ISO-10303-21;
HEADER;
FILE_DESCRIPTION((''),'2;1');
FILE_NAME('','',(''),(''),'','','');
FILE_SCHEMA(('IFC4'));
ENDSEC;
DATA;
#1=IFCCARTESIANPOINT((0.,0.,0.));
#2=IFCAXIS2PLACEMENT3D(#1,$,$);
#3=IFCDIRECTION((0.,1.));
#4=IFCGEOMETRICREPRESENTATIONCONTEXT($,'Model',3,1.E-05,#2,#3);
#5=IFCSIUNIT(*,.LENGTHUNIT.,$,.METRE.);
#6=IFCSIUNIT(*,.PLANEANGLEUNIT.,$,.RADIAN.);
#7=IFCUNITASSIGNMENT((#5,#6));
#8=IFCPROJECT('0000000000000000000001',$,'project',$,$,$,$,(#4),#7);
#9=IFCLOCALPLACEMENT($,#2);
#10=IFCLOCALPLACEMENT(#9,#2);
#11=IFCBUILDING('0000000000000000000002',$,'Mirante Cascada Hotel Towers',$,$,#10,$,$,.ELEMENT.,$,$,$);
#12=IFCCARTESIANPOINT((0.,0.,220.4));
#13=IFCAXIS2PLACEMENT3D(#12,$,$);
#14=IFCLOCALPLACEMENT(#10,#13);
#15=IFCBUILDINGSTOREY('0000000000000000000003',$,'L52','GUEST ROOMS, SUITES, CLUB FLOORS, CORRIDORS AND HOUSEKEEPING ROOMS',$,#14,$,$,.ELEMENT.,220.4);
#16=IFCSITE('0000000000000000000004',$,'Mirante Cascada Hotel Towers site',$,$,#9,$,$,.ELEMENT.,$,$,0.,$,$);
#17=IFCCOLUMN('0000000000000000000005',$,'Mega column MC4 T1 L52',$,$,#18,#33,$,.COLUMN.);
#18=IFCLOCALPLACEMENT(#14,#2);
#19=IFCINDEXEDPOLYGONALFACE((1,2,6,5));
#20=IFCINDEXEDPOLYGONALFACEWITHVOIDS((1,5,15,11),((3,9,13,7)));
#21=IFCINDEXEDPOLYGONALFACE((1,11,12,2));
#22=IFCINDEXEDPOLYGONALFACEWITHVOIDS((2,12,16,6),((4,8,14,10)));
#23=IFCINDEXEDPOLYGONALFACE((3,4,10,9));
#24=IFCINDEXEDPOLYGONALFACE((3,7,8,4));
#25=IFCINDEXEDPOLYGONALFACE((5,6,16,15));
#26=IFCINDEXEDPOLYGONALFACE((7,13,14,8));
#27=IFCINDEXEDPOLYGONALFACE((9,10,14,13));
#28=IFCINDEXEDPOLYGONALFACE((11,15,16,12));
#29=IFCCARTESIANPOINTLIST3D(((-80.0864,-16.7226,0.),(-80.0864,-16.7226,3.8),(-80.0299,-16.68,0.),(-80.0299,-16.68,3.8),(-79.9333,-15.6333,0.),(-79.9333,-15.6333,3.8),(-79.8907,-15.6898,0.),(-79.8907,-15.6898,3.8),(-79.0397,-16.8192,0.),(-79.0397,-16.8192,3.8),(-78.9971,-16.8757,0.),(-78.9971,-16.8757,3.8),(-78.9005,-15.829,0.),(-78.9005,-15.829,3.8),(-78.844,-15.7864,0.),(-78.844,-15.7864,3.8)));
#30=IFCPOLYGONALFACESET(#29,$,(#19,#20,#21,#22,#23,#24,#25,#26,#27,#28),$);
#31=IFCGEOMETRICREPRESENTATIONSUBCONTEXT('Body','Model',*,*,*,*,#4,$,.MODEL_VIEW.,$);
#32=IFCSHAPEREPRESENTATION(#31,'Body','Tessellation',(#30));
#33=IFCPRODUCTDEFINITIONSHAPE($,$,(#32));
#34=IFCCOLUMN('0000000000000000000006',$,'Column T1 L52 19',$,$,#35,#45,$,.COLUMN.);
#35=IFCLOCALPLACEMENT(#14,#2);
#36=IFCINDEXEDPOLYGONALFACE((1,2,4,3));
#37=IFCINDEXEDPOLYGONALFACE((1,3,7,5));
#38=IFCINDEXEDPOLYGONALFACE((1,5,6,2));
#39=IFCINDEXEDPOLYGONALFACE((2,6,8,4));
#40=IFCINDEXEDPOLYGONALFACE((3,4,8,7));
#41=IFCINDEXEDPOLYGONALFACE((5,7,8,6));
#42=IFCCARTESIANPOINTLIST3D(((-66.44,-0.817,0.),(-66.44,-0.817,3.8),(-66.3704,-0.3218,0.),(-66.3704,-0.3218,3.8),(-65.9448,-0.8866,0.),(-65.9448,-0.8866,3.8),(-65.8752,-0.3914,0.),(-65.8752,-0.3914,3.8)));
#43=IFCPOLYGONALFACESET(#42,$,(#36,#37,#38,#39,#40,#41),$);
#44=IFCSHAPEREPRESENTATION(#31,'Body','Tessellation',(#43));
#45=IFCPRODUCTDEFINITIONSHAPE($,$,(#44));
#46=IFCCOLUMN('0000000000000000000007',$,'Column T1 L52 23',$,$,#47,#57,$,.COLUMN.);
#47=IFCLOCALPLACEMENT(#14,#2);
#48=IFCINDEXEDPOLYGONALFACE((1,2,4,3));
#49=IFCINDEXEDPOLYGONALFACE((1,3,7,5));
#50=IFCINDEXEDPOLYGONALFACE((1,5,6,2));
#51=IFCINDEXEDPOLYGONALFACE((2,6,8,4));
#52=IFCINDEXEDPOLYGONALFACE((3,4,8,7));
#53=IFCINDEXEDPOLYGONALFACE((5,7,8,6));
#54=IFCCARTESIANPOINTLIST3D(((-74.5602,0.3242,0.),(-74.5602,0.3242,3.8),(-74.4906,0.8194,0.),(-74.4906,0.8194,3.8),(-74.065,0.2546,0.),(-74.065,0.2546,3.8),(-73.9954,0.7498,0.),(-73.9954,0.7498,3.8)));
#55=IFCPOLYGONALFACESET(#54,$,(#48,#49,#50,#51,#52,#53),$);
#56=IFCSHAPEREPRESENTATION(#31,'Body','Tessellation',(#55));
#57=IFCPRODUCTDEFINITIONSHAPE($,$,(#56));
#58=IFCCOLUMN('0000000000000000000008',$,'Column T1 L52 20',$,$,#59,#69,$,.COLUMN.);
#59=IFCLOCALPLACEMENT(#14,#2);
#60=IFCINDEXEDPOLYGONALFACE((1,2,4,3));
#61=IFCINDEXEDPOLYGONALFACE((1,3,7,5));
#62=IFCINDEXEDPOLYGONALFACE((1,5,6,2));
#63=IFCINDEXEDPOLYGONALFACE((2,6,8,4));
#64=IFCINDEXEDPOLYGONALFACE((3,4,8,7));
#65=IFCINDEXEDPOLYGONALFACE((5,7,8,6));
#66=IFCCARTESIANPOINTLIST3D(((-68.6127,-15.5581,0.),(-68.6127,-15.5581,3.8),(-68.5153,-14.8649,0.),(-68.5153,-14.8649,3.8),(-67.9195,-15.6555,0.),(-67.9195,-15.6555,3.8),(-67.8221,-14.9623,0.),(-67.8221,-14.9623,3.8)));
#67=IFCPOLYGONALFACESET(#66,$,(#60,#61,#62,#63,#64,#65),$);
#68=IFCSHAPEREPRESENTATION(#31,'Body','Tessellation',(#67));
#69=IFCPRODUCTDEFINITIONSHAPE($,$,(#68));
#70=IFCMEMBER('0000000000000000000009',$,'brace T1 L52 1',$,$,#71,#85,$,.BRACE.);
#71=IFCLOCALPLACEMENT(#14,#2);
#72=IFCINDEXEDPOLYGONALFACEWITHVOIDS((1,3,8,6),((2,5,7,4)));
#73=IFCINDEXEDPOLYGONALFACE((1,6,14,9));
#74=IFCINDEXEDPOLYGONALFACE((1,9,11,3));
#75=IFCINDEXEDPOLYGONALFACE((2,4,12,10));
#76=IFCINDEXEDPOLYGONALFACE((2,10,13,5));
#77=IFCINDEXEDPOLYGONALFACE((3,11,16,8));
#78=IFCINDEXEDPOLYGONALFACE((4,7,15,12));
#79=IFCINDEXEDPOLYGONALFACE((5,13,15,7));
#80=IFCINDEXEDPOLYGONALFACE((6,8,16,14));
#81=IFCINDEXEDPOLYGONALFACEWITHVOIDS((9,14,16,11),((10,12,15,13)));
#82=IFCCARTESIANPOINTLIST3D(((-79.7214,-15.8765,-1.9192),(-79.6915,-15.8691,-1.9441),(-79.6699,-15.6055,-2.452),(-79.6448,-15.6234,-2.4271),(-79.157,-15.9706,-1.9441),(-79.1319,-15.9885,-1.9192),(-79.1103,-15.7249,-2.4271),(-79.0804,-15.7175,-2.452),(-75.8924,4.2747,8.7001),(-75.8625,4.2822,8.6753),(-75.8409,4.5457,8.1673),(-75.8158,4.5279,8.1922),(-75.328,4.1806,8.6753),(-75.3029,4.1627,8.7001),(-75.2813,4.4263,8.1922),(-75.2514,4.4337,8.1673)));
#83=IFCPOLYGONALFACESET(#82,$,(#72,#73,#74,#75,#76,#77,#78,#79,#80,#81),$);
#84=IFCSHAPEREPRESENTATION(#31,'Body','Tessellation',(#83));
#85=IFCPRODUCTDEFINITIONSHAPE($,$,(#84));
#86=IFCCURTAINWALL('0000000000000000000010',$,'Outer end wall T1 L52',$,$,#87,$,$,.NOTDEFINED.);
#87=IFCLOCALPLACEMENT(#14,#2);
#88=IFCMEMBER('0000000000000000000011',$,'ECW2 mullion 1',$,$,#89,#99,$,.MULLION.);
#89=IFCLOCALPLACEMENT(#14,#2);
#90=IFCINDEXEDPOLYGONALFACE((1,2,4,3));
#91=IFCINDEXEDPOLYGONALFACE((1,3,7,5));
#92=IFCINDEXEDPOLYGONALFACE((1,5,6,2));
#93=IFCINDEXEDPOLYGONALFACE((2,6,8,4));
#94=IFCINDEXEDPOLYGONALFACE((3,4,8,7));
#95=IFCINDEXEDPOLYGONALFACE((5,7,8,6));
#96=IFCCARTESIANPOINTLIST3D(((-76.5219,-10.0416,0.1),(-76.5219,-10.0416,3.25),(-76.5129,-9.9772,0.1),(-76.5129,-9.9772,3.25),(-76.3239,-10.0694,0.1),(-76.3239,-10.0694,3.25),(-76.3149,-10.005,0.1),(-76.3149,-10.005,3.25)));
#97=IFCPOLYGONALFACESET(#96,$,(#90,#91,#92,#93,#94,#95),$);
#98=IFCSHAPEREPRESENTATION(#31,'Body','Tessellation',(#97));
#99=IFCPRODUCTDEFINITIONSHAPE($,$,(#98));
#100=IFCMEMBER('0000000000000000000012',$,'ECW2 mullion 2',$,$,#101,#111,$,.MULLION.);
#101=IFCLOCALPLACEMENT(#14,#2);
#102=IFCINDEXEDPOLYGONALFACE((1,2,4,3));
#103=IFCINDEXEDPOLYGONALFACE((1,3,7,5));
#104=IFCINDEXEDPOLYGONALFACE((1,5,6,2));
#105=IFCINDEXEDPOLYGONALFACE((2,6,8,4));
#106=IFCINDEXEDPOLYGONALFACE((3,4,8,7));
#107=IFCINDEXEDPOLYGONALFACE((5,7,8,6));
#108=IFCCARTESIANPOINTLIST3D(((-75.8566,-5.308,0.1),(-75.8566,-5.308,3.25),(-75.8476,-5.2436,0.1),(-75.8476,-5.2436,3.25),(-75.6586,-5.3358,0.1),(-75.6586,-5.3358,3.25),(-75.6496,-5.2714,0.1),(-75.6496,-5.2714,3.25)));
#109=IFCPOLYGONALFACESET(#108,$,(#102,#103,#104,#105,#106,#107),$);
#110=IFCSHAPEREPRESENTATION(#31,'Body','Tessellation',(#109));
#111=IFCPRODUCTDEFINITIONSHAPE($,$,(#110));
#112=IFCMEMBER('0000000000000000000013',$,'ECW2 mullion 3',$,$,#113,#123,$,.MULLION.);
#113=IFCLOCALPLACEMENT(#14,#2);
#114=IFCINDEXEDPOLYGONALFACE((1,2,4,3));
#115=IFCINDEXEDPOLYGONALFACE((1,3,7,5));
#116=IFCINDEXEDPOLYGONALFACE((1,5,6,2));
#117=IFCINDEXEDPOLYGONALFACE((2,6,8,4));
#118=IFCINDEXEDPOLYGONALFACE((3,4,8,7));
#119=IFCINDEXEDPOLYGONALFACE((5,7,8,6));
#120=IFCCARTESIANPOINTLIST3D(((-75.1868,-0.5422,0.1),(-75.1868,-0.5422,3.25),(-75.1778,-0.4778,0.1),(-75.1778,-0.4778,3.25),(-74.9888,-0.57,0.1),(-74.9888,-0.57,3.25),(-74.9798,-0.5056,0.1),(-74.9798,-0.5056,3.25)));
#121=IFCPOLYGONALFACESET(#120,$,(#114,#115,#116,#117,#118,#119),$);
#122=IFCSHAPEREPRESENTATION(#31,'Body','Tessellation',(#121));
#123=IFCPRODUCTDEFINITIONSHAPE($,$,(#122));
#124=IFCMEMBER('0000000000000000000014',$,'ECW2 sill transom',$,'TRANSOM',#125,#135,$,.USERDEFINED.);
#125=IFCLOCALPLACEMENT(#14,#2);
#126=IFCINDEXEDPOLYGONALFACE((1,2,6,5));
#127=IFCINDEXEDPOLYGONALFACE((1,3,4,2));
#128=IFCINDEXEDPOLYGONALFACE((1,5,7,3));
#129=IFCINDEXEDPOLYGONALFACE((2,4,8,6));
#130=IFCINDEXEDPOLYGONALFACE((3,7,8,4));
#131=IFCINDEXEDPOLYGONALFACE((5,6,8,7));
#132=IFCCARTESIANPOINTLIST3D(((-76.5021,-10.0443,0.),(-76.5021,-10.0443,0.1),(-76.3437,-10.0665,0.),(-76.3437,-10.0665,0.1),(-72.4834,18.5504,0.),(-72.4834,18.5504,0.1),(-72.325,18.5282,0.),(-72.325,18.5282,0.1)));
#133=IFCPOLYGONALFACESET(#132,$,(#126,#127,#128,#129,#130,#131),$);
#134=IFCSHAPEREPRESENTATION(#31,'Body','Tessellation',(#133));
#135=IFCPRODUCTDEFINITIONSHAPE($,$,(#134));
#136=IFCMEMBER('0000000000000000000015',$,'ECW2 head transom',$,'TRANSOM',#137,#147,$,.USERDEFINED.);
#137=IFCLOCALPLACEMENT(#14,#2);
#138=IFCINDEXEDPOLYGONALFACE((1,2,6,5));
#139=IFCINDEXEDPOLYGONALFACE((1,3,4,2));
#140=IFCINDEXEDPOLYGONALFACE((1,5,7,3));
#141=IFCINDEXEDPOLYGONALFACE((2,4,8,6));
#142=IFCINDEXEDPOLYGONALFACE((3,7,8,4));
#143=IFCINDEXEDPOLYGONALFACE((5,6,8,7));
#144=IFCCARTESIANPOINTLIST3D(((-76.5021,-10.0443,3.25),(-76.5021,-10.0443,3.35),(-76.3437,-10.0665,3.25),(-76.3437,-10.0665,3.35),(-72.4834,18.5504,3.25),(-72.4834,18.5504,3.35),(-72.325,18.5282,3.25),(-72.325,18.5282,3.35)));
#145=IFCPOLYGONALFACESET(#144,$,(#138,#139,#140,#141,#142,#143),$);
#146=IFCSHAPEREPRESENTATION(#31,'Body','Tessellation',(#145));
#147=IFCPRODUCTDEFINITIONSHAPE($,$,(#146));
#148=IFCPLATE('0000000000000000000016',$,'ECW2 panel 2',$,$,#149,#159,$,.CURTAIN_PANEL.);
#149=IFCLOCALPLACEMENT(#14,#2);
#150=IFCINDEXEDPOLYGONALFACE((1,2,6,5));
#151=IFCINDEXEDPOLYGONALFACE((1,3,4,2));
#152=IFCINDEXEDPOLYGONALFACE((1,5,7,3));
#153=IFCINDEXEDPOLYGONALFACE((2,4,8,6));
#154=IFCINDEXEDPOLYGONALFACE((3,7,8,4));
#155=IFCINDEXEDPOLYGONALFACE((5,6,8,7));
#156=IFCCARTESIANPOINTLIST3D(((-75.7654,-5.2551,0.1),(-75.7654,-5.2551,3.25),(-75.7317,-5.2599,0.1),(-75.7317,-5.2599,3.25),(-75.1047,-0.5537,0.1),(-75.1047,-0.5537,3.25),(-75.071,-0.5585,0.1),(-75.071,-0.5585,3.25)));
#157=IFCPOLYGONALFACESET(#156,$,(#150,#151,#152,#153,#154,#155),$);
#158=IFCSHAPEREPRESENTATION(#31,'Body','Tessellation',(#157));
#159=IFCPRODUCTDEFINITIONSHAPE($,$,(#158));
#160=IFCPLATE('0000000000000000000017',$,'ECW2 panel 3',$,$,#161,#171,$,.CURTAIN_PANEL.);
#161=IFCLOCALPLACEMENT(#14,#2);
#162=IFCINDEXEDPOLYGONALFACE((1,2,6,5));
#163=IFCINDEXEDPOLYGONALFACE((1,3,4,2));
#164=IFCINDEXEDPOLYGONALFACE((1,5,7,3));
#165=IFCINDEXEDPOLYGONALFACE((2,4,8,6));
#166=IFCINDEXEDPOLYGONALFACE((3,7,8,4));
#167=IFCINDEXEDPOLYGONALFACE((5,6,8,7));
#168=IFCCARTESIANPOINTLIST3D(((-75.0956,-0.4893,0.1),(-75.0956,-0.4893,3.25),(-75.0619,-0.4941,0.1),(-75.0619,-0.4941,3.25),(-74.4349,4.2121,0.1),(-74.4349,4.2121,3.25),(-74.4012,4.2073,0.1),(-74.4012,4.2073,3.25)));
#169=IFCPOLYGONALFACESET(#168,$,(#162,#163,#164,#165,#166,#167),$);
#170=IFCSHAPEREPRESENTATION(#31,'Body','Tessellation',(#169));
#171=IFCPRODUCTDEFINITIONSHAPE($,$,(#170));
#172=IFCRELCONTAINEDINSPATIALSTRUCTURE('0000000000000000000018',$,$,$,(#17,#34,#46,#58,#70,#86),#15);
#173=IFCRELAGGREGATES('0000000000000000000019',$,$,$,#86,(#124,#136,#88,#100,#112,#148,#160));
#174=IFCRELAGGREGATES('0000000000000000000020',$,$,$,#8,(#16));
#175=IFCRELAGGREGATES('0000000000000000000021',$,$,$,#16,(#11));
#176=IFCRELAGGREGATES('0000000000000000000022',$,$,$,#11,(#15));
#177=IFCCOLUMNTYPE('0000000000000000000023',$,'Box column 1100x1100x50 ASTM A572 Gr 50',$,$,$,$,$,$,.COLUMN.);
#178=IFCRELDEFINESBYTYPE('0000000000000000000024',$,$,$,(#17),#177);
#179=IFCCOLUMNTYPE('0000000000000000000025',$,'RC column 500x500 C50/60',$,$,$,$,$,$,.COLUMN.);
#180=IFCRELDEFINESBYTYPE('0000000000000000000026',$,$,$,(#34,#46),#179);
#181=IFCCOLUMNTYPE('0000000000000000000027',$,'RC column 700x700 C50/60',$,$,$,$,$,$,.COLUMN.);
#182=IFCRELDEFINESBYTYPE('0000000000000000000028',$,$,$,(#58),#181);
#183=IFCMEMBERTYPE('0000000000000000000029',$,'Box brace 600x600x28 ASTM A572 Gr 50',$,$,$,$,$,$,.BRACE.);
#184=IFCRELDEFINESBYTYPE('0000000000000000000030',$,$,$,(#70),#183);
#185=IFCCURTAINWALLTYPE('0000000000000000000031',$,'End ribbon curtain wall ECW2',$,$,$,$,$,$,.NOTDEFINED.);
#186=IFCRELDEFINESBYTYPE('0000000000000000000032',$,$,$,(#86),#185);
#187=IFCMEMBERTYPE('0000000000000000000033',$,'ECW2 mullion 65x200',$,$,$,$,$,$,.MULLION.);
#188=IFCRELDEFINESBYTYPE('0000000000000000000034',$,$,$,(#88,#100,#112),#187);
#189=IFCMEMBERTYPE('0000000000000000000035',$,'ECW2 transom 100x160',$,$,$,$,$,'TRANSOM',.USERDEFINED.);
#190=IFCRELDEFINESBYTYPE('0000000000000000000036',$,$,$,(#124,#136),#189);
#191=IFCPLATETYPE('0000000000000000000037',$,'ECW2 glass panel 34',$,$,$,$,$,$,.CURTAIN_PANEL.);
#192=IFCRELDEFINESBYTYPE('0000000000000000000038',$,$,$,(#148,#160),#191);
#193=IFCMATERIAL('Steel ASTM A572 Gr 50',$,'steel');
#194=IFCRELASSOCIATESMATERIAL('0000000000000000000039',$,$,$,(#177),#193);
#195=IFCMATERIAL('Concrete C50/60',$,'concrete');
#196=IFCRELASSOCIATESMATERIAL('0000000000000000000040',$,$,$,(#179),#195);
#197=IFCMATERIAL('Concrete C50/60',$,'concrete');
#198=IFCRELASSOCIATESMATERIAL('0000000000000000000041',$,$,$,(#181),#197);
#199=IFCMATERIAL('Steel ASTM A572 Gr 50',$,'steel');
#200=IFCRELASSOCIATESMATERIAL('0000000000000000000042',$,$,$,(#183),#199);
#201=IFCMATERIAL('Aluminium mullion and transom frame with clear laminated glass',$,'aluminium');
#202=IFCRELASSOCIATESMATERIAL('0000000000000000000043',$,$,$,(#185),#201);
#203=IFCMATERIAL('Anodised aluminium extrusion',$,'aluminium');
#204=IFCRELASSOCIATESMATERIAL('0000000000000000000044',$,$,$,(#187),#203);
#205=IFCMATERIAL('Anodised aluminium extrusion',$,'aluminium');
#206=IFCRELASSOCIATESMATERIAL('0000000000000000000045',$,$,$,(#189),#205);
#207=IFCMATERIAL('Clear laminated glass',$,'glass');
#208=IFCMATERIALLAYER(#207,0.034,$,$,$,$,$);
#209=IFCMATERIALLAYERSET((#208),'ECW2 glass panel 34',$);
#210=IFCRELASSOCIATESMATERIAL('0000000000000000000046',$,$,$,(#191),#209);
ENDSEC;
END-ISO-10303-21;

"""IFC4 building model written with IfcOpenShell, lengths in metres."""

from ifc_helpers import new_model, si_unit, direction, frame, origin, origin_2d, place, context, subcontext, project, spatial, rectangle, hollow_rectangle, extrude, material, layer, layer_set, material_profile, profile_set, type_object, element, aggregate, save


model = new_model("IFC4")

# Units and contexts
model_context = context("Model", 3, precision=1e-05, world=origin(), true_north=direction((0.0, 1.0)))
body_context = subcontext(model_context, "Body", "Model", "MODEL_VIEW")
ifc_project = project(units=[si_unit("LENGTHUNIT", "METRE"), si_unit("PLANEANGLEUNIT", "RADIAN")], contexts=[model_context])

# Site, building, storey
site_placement = place(None, origin())
site = spatial("IfcSite", under=ifc_project, at=site_placement, Name="Mirante Cascada Hotel Towers site", CompositionType="ELEMENT", RefElevation=0.0)
building_placement = place(site_placement, origin())
building = spatial("IfcBuilding", under=site, at=building_placement, Name="Mirante Cascada Hotel Towers", CompositionType="ELEMENT")
storey_placement = place(building_placement, frame((0.0, 0.0, 220.4)))
storey = spatial("IfcBuildingStorey", under=building, at=storey_placement, Name="L52", Description="GUEST ROOMS, SUITES, CLUB FLOORS, CORRIDORS AND HOUSEKEEPING ROOMS", CompositionType="ELEMENT", Elevation=220.4)

# Columns
ifc_material_1 = material(Name="Steel ASTM A572 Gr 50", Category="steel")
ifc_material_profile_1 = material_profile(ifc_material_1, hollow_rectangle(XDim=1.1, YDim=1.1, WallThickness=0.05, at=origin_2d()), Name="Box column 1100x1100x50 ASTM A572 Gr 50")
ifc_profile_set_1 = profile_set([ifc_material_profile_1], Name="Steel ASTM A572 Gr 50")
column_type_1 = type_object("IfcColumnType", Name="Box column 1100x1100x50 ASTM A572 Gr 50", PredefinedType="COLUMN", material=ifc_profile_set_1)
column_1_placement = place(storey_placement, frame((-79.4652, -16.2545, 0.0), z_axis=(0.0, 0.0, 1.0), x_axis=(-0.990268, 0.139173, 0.0)))
element("IfcColumn", 1, at=column_1_placement, inside=storey, type_object=column_type_1, Name="Mega column MC4 T1 L52", PredefinedType="COLUMN", context=body_context, shape_type="SweptSolid", body=[
    extrude(hollow_rectangle(XDim=1.1, YDim=1.1, WallThickness=0.05, at=origin_2d()), origin(), (0.0, 0.0, 1.0), 3.8),
])
ifc_material_2 = material(Name="Concrete C50/60", Category="concrete")
ifc_material_profile_2 = material_profile(ifc_material_2, rectangle(XDim=0.5, YDim=0.5, at=origin_2d()), Name="RC column 500x500 C50/60")
ifc_profile_set_2 = profile_set([ifc_material_profile_2], Name="Concrete C50/60")
column_type_2 = type_object("IfcColumnType", Name="RC column 500x500 C50/60", PredefinedType="COLUMN", material=ifc_profile_set_2)
for number, where, z_axis, x_axis, name in (
    (2, (-66.1576, -0.6042, 0.0), (0.0, 0.0, 1.0), (-0.990268, 0.139173, 0.0), "Column T1 L52 19"),
    (3, (-74.2778, 0.537, 0.0), (0.0, 0.0, 1.0), (-0.990268, 0.139173, 0.0), "Column T1 L52 23"),
):
    element("IfcColumn", number, at=place(storey_placement, frame(where, z_axis=z_axis, x_axis=x_axis)), inside=storey, type_object=column_type_2, Name=name, PredefinedType="COLUMN", context=body_context, shape_type="SweptSolid", body=[
        extrude(rectangle(XDim=0.5, YDim=0.5, at=origin_2d()), origin(), (0.0, 0.0, 1.0), 3.8),
    ])
ifc_material_3 = material(Name="Concrete C50/60", Category="concrete")
ifc_material_profile_3 = material_profile(ifc_material_3, rectangle(XDim=0.7, YDim=0.7, at=origin_2d()), Name="RC column 700x700 C50/60")
ifc_profile_set_3 = profile_set([ifc_material_profile_3], Name="Concrete C50/60")
column_type_3 = type_object("IfcColumnType", Name="RC column 700x700 C50/60", PredefinedType="COLUMN", material=ifc_profile_set_3)
column_2_placement = place(storey_placement, frame((-68.2174, -15.2602, 0.0), z_axis=(0.0, 0.0, 1.0), x_axis=(-0.990268, 0.139173, 0.0)))
element("IfcColumn", 4, at=column_2_placement, inside=storey, type_object=column_type_3, Name="Column T1 L52 20", PredefinedType="COLUMN", context=body_context, shape_type="SweptSolid", body=[
    extrude(rectangle(XDim=0.7, YDim=0.7, at=origin_2d()), origin(), (0.0, 0.0, 1.0), 3.8),
])

# Member
ifc_material_4 = material(Name="Steel ASTM A572 Gr 50", Category="steel")
ifc_material_profile_4 = material_profile(ifc_material_4, hollow_rectangle(XDim=0.6, YDim=0.6, WallThickness=0.028, at=origin_2d()), Name="Box brace 600x600x28 ASTM A572 Gr 50")
ifc_profile_set_4 = profile_set([ifc_material_profile_4], Name="Steel ASTM A572 Gr 50")
member_type_1 = type_object("IfcMemberType", Name="Box brace 600x600x28 ASTM A572 Gr 50", PredefinedType="BRACE", material=ifc_profile_set_4)
member_1_placement = place(storey_placement, frame((-79.4009, -15.797, -2.1856), z_axis=(0.165774, 0.872435, 0.459757), x_axis=(-0.982422, 0.186673, 0.0)))
element("IfcMember", 5, at=member_1_placement, inside=storey, type_object=member_type_1, Name="brace T1 L52 1", PredefinedType="BRACE", context=body_context, shape_type="SweptSolid", body=[
    extrude(hollow_rectangle(XDim=0.6, YDim=0.6, WallThickness=0.028, at=origin_2d()), origin(), (0.0, 0.0, 1.0), 23.0977),
])

# Curtain wall, members, plates
ifc_material_5 = material(Name="Aluminium mullion and transom frame with clear laminated glass", Category="aluminium")
curtain_wall_type = type_object("IfcCurtainWallType", Name="End ribbon curtain wall ECW2", PredefinedType="NOTDEFINED", material=ifc_material_5)
curtain_wall_placement = place(storey_placement, origin())
curtain_wall = element("IfcCurtainWall", 6, at=curtain_wall_placement, inside=storey, type_object=curtain_wall_type, Name="Outer end wall T1 L52", PredefinedType="NOTDEFINED")
ifc_material_6 = material(Name="Anodised aluminium extrusion", Category="aluminium")
ifc_material_profile_5 = material_profile(ifc_material_6, rectangle(XDim=0.2, YDim=0.065, at=origin_2d()), Name="ECW2 MULLION 65x200")
ifc_profile_set_5 = profile_set([ifc_material_profile_5], Name="Anodised aluminium extrusion")
member_type_2 = type_object("IfcMemberType", Name="ECW2 mullion 65x200", PredefinedType="MULLION", material=ifc_profile_set_5)
member_2_placement = place(storey_placement, frame((-76.4184, -10.0233, 0.1), z_axis=(0.0, 0.0, 1.0), x_axis=(-0.990268, 0.139173, 0.0)))
member_2 = element("IfcMember", 7, at=member_2_placement, type_object=member_type_2, Name="ECW2 mullion 1", PredefinedType="MULLION", context=body_context, shape_type="SweptSolid", body=[
    extrude(rectangle(XDim=0.2, YDim=0.065, at=origin_2d()), origin(), (0.0, 0.0, 1.0), 3.15),
])
member_3_placement = place(storey_placement, frame((-75.7531, -5.2897, 0.1), z_axis=(0.0, 0.0, 1.0), x_axis=(-0.990268, 0.139173, 0.0)))
member_3 = element("IfcMember", 8, at=member_3_placement, type_object=member_type_2, Name="ECW2 mullion 2", PredefinedType="MULLION", context=body_context, shape_type="SweptSolid", body=[
    extrude(rectangle(XDim=0.2, YDim=0.065, at=origin_2d()), origin(), (0.0, 0.0, 1.0), 3.15),
])
member_4_placement = place(storey_placement, frame((-75.0833, -0.5239, 0.1), z_axis=(0.0, 0.0, 1.0), x_axis=(-0.990268, 0.139173, 0.0)))
member_4 = element("IfcMember", 9, at=member_4_placement, type_object=member_type_2, Name="ECW2 mullion 3", PredefinedType="MULLION", context=body_context, shape_type="SweptSolid", body=[
    extrude(rectangle(XDim=0.2, YDim=0.065, at=origin_2d()), origin(), (0.0, 0.0, 1.0), 3.15),
])
ifc_material_7 = material(Name="Anodised aluminium extrusion", Category="aluminium")
ifc_material_profile_6 = material_profile(ifc_material_7, rectangle(XDim=0.16, YDim=0.1, at=origin_2d()), Name="ECW2 TRANSOM 100x160")
ifc_profile_set_6 = profile_set([ifc_material_profile_6], Name="Anodised aluminium extrusion")
member_type_3 = type_object("IfcMemberType", Name="ECW2 transom 100x160", ElementType="TRANSOM", PredefinedType="USERDEFINED", material=ifc_profile_set_6)
member_5_placement = place(storey_placement, frame((-76.4229, -10.0554, 0.05), z_axis=(0.139172, 0.990268, 0.0), x_axis=(-0.990268, 0.139172, 0.0)))
member_5 = element("IfcMember", 10, at=member_5_placement, type_object=member_type_3, Name="ECW2 sill transom", ObjectType="TRANSOM", PredefinedType="USERDEFINED", context=body_context, shape_type="SweptSolid", body=[
    extrude(rectangle(XDim=0.16, YDim=0.1, at=origin_2d()), origin(), (0.0, 0.0, 1.0), 28.8757),
])
member_6_placement = place(storey_placement, frame((-76.4229, -10.0554, 3.3), z_axis=(0.139172, 0.990268, 0.0), x_axis=(-0.990268, 0.139172, 0.0)))
member_6 = element("IfcMember", 11, at=member_6_placement, type_object=member_type_3, Name="ECW2 head transom", ObjectType="TRANSOM", PredefinedType="USERDEFINED", context=body_context, shape_type="SweptSolid", body=[
    extrude(rectangle(XDim=0.16, YDim=0.1, at=origin_2d()), origin(), (0.0, 0.0, 1.0), 28.8757),
])
ifc_material_8 = material(Name="Clear laminated glass", Category="glass")
ifc_layer_1 = layer(ifc_material_8, 0.034)
ifc_layer_set_1 = layer_set([ifc_layer_1], Name="ECW2 glass panel 34")
plate_type_1 = type_object("IfcPlateType", Name="ECW2 glass panel 34", PredefinedType="CURTAIN_PANEL", material=ifc_layer_set_1)
plate_1_placement = place(storey_placement, frame((-75.4182, -2.9068, 0.1), z_axis=(0.0, 0.0, 1.0), x_axis=(0.139173, 0.990268, 0.0)))
plate_1 = element("IfcPlate", 12, at=plate_1_placement, type_object=plate_type_1, Name="ECW2 panel 2", PredefinedType="CURTAIN_PANEL", context=body_context, shape_type="SweptSolid", body=[
    extrude(rectangle(XDim=4.7476, YDim=0.034, at=origin_2d()), origin(), (0.0, 0.0, 1.0), 3.15),
])
plate_2_placement = place(storey_placement, frame((-74.7484, 1.859, 0.1), z_axis=(0.0, 0.0, 1.0), x_axis=(0.139173, 0.990268, 0.0)))
plate_2 = element("IfcPlate", 13, at=plate_2_placement, type_object=plate_type_1, Name="ECW2 panel 3", PredefinedType="CURTAIN_PANEL", context=body_context, shape_type="SweptSolid", body=[
    extrude(rectangle(XDim=4.7476, YDim=0.034, at=origin_2d()), origin(), (0.0, 0.0, 1.0), 3.15),
])
aggregate(curtain_wall, [member_5, member_6, member_2, member_3, member_4, plate_1, plate_2])

save(model, "model.ifc")
